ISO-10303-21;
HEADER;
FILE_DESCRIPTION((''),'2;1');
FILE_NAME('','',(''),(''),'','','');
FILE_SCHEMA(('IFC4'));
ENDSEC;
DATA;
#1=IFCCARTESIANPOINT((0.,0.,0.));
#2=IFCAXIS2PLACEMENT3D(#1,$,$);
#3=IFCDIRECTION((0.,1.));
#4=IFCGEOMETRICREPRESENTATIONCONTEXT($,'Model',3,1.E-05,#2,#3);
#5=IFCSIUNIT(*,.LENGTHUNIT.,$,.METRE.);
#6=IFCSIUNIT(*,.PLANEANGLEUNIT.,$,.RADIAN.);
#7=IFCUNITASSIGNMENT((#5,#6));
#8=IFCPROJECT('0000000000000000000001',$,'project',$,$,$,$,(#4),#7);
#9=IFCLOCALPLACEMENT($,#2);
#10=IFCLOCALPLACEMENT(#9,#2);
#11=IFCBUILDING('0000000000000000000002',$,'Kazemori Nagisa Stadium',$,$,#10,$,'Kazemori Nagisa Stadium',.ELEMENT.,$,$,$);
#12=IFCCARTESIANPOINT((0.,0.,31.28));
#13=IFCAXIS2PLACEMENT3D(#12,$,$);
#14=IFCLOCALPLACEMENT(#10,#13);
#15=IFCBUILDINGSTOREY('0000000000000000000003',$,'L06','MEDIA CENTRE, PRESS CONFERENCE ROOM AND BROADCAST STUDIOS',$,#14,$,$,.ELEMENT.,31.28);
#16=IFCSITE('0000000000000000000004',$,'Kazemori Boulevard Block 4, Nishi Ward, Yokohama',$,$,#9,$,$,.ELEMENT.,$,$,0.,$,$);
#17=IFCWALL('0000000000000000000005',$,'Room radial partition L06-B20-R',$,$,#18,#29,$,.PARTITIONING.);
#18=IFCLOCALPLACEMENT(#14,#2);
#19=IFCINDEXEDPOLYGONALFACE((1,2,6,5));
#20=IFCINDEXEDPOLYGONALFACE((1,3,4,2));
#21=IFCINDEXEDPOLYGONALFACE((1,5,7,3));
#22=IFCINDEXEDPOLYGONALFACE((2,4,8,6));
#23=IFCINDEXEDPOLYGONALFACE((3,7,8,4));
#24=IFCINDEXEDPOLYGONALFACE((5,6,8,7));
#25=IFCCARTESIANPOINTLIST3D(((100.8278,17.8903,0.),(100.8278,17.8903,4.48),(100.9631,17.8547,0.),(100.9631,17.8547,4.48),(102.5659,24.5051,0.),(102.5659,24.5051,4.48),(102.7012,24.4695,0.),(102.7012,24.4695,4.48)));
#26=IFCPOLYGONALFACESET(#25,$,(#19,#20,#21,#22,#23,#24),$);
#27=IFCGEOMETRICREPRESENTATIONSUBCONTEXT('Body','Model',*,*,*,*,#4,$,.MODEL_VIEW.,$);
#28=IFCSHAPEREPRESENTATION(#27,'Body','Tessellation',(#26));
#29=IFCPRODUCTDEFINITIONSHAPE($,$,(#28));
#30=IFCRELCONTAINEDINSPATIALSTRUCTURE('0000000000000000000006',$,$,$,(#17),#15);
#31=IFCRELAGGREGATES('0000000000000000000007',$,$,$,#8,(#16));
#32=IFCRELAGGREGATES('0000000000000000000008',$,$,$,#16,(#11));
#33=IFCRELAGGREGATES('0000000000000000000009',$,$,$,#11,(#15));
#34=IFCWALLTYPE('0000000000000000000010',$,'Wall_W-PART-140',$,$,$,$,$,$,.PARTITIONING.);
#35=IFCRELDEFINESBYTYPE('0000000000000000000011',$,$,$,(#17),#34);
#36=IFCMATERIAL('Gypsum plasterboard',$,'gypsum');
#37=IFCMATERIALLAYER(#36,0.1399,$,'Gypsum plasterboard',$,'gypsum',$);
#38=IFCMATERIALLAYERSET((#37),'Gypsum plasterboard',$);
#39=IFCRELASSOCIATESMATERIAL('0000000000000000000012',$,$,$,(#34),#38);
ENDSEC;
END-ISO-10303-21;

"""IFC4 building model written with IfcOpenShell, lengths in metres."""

from ifc_helpers import new_model, si_unit, direction, frame, frame_2d, origin, place, context, subcontext, project, spatial, rectangle, extrude, material, layer, layer_set, type_object, element, save


model = new_model("IFC4")

# Units and contexts
model_context = context("Model", 3, precision=1e-05, world=origin(), true_north=direction((0.0, 1.0)))
body_context = subcontext(model_context, "Body", "Model", "MODEL_VIEW")
ifc_project = project(units=[si_unit("LENGTHUNIT", "METRE"), si_unit("PLANEANGLEUNIT", "RADIAN")], contexts=[model_context])

# Site, building, storey
site_placement = place(None, origin())
site = spatial("IfcSite", under=ifc_project, at=site_placement, Name="Kazemori Boulevard Block 4, Nishi Ward, Yokohama", CompositionType="ELEMENT", RefElevation=0.0)
building_placement = place(site_placement, origin())
building = spatial("IfcBuilding", under=site, at=building_placement, Name="Kazemori Nagisa Stadium", LongName="Kazemori Nagisa Stadium", CompositionType="ELEMENT")
storey_placement = place(building_placement, frame((0.0, 0.0, 31.28)))
storey = spatial("IfcBuildingStorey", under=building, at=storey_placement, Name="L06", Description="MEDIA CENTRE, PRESS CONFERENCE ROOM AND BROADCAST STUDIOS", CompositionType="ELEMENT", Elevation=31.28)

# Wall
ifc_material_1 = material(Name="Gypsum plasterboard", Category="gypsum")
ifc_layer_1 = layer(ifc_material_1, 0.1399, Name="Gypsum plasterboard", Category="gypsum")
ifc_layer_set_1 = layer_set([ifc_layer_1], Name="Gypsum plasterboard")
wall_type_1 = type_object("IfcWallType", Name="Wall_W-PART-140", PredefinedType="PARTITIONING", material=ifc_layer_set_1)
wall_1_placement = place(storey_placement, frame((102.6335, 24.4873, 0.0), z_axis=(0.0, 0.0, 1.0), x_axis=(-0.254126, -0.967171, 0.0)))
element("IfcWall", 1, at=wall_1_placement, inside=storey, type_object=wall_type_1, Name="Room radial partition L06-B20-R", PredefinedType="PARTITIONING", context=body_context, shape_type="SweptSolid", body=[
    extrude(rectangle(XDim=6.8394, YDim=0.1399, at=frame_2d((3.4197, 0.0))), origin(), (0.0, 0.0, 1.0), 4.48),
])

save(model, "model.ifc")
